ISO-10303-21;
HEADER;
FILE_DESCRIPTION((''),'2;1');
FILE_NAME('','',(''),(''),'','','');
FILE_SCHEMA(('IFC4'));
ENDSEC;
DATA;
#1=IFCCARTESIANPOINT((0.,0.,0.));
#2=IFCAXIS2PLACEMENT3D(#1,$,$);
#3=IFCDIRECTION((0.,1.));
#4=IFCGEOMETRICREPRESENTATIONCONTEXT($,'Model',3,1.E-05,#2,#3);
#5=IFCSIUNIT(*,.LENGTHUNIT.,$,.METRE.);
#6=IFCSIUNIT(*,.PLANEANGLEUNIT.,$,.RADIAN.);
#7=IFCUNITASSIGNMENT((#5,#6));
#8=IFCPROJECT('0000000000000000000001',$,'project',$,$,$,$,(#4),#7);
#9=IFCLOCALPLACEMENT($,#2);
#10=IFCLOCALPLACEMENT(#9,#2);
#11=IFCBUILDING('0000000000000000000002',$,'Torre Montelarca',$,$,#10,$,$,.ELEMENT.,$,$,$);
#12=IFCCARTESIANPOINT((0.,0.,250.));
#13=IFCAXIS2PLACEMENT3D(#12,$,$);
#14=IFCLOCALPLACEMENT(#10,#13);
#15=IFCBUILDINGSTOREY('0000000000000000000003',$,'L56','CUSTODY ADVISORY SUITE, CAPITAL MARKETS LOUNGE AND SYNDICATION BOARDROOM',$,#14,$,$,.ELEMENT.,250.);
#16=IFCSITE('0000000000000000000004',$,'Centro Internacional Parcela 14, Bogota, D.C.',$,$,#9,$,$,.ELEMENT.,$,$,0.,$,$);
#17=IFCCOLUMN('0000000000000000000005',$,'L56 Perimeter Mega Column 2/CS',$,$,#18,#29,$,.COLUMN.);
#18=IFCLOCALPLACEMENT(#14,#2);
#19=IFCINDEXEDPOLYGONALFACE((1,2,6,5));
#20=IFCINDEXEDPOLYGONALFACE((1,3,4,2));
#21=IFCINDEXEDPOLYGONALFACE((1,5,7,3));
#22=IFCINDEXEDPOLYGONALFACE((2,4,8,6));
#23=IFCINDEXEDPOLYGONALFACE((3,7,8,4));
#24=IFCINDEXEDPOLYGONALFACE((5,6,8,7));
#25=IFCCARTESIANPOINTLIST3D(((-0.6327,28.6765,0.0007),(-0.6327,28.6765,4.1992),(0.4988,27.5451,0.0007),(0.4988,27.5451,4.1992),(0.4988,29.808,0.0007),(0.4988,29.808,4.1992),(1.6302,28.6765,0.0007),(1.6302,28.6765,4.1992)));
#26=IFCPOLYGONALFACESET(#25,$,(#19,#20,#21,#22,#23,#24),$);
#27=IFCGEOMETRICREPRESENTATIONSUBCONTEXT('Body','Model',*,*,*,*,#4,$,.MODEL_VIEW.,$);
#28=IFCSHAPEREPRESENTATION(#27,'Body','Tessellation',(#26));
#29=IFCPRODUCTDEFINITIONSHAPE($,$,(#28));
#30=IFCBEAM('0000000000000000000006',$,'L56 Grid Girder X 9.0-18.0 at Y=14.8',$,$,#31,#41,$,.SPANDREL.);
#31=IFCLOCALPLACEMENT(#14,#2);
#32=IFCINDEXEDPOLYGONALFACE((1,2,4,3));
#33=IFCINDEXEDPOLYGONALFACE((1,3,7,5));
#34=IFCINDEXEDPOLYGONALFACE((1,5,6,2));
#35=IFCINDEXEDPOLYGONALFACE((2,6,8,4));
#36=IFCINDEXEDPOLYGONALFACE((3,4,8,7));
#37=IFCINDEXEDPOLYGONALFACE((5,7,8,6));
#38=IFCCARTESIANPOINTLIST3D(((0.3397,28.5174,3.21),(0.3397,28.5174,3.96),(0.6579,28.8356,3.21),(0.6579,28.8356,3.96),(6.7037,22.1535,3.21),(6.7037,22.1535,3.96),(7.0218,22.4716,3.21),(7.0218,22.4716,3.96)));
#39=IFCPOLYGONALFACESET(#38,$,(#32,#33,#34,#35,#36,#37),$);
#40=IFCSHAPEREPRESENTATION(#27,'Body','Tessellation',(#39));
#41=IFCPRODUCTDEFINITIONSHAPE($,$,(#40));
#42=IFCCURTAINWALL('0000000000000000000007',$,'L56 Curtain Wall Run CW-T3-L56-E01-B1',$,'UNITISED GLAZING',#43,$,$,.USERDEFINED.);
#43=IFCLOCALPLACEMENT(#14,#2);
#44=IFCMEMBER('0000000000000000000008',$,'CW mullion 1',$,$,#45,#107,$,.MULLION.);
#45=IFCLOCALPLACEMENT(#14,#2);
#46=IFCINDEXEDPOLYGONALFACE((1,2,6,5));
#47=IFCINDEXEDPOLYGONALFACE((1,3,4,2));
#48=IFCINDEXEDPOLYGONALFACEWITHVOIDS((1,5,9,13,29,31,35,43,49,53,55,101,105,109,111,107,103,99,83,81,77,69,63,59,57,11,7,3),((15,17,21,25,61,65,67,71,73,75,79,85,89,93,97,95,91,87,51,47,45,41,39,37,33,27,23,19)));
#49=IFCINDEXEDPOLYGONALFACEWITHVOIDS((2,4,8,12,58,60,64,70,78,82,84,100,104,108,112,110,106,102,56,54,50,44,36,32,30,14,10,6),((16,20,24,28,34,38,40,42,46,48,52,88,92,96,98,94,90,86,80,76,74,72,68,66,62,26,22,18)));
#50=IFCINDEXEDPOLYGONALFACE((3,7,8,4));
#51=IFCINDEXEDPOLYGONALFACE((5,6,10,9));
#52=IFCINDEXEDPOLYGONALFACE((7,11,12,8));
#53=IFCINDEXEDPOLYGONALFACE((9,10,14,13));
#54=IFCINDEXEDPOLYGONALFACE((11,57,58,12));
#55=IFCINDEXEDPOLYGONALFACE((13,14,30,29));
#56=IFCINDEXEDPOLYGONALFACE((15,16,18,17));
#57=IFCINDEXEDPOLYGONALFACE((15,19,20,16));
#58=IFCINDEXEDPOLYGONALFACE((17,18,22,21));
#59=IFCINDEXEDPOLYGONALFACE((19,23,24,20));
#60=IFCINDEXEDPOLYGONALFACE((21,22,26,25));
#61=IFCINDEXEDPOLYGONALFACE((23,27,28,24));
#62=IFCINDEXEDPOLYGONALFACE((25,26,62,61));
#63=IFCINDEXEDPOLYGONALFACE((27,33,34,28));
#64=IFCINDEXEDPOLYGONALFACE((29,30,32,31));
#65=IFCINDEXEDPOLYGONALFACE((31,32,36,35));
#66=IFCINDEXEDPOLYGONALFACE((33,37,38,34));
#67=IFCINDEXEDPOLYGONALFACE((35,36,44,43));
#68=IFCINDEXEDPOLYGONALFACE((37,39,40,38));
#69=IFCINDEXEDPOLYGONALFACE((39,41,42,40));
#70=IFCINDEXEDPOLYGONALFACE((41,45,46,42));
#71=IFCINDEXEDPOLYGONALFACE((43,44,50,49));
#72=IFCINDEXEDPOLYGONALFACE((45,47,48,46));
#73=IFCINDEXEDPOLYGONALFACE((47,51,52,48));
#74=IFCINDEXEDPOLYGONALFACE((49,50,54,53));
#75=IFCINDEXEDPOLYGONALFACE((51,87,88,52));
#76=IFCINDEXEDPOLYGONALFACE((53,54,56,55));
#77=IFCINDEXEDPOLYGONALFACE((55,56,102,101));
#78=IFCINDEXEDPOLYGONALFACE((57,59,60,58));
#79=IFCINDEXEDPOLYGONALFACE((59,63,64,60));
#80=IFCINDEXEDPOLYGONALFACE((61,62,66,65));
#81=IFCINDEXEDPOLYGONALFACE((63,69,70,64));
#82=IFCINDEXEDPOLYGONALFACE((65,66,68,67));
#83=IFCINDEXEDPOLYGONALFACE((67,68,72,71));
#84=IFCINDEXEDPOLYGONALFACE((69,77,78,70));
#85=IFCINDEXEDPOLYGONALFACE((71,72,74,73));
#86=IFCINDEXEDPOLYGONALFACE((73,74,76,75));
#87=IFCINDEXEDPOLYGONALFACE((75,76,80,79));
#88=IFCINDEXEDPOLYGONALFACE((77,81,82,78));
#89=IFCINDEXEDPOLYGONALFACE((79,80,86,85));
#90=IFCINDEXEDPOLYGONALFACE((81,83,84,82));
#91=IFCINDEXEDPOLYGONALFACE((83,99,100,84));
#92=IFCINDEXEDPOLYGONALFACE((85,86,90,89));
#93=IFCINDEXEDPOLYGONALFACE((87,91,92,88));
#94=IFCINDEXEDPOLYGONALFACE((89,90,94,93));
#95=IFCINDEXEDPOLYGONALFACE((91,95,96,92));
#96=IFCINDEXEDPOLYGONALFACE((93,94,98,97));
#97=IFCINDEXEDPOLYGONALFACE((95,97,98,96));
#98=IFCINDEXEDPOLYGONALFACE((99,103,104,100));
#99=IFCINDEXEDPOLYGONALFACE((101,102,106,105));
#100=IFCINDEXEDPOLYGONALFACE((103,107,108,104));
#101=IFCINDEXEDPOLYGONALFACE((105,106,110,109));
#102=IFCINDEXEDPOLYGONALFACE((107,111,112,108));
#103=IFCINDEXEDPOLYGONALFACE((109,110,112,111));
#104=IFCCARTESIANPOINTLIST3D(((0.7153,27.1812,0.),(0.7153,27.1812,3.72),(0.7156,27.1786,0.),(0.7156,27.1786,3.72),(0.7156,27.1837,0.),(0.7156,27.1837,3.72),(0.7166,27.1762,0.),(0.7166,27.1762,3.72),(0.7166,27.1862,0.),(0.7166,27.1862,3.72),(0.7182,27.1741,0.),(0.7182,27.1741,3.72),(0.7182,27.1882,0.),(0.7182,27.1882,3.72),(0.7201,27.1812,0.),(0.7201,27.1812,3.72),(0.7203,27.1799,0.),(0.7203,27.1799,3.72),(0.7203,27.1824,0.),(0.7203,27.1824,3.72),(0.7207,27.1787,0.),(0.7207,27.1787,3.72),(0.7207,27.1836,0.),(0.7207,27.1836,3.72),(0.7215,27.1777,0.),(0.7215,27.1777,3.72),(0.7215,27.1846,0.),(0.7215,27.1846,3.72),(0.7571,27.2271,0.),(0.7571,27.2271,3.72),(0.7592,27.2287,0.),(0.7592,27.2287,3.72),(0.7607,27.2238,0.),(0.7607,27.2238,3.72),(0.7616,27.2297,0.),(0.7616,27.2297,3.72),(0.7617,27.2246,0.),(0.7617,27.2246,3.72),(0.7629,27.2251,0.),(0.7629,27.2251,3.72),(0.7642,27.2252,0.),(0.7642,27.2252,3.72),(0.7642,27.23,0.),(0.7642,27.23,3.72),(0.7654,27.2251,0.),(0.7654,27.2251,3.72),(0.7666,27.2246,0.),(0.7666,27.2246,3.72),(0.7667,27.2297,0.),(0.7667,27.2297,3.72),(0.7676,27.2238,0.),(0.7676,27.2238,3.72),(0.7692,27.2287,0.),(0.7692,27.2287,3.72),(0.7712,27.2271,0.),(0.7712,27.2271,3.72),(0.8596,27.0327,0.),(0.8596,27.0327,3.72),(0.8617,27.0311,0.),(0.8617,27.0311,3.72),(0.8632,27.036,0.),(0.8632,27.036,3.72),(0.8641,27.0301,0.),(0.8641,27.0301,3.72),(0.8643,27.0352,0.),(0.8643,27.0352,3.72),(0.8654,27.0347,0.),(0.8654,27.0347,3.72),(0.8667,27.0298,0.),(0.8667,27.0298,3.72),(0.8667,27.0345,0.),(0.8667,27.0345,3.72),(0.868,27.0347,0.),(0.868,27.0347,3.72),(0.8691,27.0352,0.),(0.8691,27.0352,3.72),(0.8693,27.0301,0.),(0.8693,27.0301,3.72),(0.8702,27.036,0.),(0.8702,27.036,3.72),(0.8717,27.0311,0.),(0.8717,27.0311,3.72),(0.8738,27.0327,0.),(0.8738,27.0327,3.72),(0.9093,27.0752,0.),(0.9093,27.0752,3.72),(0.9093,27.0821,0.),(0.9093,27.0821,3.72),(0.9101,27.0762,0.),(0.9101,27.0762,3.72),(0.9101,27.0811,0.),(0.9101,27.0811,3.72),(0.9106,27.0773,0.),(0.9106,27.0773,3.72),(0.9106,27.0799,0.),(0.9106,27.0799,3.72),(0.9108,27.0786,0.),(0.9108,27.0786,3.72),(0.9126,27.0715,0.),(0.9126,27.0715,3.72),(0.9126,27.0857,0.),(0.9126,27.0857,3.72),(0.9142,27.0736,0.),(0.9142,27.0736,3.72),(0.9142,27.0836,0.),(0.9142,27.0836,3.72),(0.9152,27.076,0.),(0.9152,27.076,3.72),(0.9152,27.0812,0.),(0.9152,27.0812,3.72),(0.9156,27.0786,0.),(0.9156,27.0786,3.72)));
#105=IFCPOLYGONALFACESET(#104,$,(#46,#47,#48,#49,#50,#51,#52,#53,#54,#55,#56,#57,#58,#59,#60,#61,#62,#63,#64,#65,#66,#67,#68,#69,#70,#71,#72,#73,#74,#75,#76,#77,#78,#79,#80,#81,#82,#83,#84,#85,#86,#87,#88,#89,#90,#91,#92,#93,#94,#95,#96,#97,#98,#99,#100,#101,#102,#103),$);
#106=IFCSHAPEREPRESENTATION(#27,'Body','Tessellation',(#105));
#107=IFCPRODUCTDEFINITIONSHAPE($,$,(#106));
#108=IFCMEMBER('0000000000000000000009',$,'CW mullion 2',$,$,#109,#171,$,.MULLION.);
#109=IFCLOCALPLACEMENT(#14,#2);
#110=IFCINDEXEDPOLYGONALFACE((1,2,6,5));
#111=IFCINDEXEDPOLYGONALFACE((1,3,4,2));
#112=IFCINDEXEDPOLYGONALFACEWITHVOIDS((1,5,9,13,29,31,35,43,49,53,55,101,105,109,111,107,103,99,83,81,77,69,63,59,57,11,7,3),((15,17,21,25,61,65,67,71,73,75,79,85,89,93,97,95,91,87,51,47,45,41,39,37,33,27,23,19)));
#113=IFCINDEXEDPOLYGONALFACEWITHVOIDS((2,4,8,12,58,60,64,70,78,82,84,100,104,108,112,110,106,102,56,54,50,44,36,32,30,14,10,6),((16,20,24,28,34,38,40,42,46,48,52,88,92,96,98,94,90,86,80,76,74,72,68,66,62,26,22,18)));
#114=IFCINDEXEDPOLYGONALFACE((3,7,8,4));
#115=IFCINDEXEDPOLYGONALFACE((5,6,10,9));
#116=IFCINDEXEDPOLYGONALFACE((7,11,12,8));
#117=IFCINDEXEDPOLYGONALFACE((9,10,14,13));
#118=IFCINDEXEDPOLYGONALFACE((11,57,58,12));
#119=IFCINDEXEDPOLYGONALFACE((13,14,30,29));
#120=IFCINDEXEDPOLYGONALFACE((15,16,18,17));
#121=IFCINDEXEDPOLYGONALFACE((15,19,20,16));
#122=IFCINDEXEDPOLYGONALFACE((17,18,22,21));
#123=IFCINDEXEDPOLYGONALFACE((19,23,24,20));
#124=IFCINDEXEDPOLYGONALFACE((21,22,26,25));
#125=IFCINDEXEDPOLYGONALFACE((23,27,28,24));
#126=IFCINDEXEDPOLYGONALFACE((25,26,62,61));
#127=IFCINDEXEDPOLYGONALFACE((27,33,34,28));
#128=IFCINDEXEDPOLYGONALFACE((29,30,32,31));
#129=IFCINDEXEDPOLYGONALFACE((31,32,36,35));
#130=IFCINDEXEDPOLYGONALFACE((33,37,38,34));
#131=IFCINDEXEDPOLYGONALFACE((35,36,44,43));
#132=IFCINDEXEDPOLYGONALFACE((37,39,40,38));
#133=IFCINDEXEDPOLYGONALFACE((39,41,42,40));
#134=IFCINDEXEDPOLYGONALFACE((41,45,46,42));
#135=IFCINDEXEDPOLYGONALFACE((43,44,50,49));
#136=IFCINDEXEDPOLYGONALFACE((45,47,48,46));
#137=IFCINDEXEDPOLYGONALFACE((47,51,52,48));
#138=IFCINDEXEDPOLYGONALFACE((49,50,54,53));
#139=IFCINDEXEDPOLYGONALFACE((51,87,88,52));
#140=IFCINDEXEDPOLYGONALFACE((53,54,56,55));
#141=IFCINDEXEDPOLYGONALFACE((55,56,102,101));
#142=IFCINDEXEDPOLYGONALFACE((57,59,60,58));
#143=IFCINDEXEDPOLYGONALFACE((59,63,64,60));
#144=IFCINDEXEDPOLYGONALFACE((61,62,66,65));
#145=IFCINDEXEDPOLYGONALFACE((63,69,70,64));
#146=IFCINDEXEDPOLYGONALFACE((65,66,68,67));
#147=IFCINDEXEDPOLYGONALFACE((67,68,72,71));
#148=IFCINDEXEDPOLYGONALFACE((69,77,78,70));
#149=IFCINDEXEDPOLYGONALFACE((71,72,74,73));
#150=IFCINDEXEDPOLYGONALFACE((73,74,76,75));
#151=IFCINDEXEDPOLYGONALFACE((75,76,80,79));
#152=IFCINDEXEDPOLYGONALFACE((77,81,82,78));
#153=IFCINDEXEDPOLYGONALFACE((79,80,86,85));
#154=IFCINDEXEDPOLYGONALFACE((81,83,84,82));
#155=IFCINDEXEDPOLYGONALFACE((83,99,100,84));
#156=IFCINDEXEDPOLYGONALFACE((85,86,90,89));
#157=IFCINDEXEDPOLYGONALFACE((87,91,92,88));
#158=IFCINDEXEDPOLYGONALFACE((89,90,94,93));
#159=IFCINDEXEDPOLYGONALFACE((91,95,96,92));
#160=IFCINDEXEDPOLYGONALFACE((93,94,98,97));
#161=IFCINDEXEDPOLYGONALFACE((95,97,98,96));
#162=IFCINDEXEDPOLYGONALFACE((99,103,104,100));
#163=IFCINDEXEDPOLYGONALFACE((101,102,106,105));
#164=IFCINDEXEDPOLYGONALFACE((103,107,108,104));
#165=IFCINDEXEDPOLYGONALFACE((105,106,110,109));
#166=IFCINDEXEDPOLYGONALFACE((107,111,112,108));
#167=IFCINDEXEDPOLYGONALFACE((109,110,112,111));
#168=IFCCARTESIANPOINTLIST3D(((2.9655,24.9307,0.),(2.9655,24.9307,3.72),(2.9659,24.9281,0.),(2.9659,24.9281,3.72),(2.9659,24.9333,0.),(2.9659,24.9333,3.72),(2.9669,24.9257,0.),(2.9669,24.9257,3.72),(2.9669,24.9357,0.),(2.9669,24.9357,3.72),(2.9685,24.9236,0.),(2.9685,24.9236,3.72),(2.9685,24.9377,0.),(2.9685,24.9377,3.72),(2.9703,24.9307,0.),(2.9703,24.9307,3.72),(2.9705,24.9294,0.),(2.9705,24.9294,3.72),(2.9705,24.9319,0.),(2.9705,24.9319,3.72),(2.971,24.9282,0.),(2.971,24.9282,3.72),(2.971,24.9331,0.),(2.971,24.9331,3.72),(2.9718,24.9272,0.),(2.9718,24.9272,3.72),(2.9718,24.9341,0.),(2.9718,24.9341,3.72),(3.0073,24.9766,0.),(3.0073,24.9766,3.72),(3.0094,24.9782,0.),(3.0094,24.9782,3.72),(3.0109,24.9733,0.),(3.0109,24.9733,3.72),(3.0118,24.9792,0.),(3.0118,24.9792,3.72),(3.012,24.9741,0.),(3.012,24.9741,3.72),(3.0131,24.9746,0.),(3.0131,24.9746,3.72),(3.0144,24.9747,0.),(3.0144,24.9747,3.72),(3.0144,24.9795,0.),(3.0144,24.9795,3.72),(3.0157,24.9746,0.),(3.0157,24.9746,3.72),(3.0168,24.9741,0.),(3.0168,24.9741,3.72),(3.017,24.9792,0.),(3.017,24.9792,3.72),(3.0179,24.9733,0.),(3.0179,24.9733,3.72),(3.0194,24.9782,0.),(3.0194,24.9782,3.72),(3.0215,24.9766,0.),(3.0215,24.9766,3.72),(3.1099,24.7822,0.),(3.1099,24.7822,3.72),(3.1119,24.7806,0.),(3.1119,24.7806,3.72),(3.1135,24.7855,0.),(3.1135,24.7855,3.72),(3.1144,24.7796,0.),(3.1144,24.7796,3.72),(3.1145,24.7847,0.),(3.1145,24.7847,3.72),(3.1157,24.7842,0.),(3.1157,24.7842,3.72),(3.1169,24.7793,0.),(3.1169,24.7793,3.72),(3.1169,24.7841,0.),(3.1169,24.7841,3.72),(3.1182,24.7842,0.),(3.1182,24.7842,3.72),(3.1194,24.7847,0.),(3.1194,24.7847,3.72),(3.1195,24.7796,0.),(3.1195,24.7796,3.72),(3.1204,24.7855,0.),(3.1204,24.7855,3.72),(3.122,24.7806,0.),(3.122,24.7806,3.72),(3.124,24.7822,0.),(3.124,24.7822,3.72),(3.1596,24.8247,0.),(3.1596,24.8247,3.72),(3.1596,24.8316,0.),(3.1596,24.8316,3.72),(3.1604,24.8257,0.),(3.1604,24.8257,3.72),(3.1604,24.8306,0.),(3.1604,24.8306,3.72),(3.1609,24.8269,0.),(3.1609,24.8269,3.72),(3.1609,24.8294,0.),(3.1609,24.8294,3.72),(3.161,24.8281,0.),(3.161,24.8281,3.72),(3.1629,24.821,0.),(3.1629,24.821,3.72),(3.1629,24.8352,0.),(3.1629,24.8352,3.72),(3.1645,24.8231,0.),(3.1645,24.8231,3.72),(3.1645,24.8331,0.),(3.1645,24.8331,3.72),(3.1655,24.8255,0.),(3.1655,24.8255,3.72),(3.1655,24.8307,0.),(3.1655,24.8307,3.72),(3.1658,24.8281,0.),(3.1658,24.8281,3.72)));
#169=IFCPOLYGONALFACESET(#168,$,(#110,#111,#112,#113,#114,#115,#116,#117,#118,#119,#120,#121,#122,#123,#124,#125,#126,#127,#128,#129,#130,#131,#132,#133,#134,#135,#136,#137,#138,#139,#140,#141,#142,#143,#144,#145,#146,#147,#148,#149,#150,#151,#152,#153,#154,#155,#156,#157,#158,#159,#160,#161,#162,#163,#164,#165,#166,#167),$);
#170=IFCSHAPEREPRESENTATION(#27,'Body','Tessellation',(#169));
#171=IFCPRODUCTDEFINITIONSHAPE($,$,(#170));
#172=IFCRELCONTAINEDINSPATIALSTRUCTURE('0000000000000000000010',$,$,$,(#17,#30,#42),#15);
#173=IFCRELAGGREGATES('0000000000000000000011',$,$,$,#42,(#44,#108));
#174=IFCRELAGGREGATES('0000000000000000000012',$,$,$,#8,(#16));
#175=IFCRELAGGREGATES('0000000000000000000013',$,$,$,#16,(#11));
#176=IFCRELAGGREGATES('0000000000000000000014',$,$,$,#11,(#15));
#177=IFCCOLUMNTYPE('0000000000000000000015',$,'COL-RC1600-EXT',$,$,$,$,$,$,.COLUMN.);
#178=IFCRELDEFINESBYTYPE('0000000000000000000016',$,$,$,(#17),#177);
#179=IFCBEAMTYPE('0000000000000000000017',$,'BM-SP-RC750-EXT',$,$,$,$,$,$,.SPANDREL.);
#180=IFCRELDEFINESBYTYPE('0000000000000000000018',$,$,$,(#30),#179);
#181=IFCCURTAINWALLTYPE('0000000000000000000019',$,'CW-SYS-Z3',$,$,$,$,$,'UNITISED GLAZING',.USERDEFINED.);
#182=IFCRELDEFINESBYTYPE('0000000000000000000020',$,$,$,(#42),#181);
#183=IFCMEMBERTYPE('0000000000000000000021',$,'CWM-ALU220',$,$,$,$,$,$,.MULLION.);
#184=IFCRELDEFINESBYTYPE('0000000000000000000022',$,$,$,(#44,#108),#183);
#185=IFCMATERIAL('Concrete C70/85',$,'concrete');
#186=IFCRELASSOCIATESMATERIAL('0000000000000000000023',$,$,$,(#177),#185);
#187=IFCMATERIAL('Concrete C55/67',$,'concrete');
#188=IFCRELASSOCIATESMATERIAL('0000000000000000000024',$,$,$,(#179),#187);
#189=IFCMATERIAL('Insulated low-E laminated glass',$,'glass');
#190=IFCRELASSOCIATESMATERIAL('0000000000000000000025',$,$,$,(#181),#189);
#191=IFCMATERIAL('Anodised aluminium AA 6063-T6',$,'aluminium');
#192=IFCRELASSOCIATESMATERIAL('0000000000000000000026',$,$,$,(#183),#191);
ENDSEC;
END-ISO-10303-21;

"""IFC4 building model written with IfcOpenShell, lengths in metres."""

from ifc_helpers import new_model, si_unit, direction, frame, origin, origin_2d, place, context, subcontext, project, spatial, rectangle, hollow_rectangle, extrude, source, transform, mapped, material, material_profile, profile_set, type_object, element, aggregate, save


model = new_model("IFC4")

# Units and contexts
model_context = context("Model", 3, precision=1e-05, world=origin(), true_north=direction((0.0, 1.0)))
body_context = subcontext(model_context, "Body", "Model", "MODEL_VIEW")
ifc_project = project(units=[si_unit("LENGTHUNIT", "METRE"), si_unit("PLANEANGLEUNIT", "RADIAN")], contexts=[model_context])

# Site, building, storey
site_placement = place(None, origin())
site = spatial("IfcSite", under=ifc_project, at=site_placement, Name="Centro Internacional Parcela 14, Bogota, D.C.", CompositionType="ELEMENT", RefElevation=0.0)
building_placement = place(site_placement, origin())
building = spatial("IfcBuilding", under=site, at=building_placement, Name="Torre Montelarca", CompositionType="ELEMENT")
storey_placement = place(building_placement, frame((0.0, 0.0, 250.0)))
storey = spatial("IfcBuildingStorey", under=building, at=storey_placement, Name="L56", Description="CUSTODY ADVISORY SUITE, CAPITAL MARKETS LOUNGE AND SYNDICATION BOARDROOM", CompositionType="ELEMENT", Elevation=250.0)

# Column
ifc_material_1 = material(Name="Concrete C70/85", Category="concrete")
ifc_material_profile_1 = material_profile(ifc_material_1, rectangle(XDim=1.6001, YDim=1.6001, at=origin_2d()), Name="RC1600X1600", Category="concrete")
ifc_profile_set_1 = profile_set([ifc_material_profile_1], Name="Concrete C70/85")
column_type = type_object("IfcColumnType", Name="COL-RC1600-EXT", PredefinedType="COLUMN", material=ifc_profile_set_1)
shared_shape_1 = source(origin(), body_context, "Body", "SweptSolid", [
    extrude(rectangle(XDim=1.6001, YDim=1.6001, at=origin_2d()), origin(), (0.0, 0.0, 1.0), 4.1985),
])
column_placement = place(storey_placement, frame((0.4988, 28.6765, 0.0007), z_axis=(0.0, 0.0, 1.0), x_axis=(-0.707107, 0.707107, 0.0)))
element("IfcColumn", 1, at=column_placement, inside=storey, type_object=column_type, Name="L56 Perimeter Mega Column 2/CS", PredefinedType="COLUMN", context=body_context, shape_type="MappedRepresentation", body=[
    mapped(shared_shape_1, transform((0.0, 0.0, 0.0), scale=1.0)),
])

# Beam
ifc_material_2 = material(Name="Concrete C55/67", Category="concrete")
ifc_material_profile_2 = material_profile(ifc_material_2, rectangle(XDim=0.45, YDim=0.75, at=origin_2d()), Name="RCB450X750", Category="concrete")
ifc_profile_set_2 = profile_set([ifc_material_profile_2], Name="Concrete C55/67")
beam_type = type_object("IfcBeamType", Name="BM-SP-RC750-EXT", PredefinedType="SPANDREL", material=ifc_profile_set_2)
shared_shape_2 = source(origin(), body_context, "Body", "SweptSolid", [
    extrude(rectangle(XDim=0.45, YDim=0.75, at=origin_2d()), origin(), (0.0, 0.0, 1.0), 9.0),
])
beam_placement = place(storey_placement, frame((0.4988, 28.6765, 3.585), z_axis=(0.707107, -0.707107, 0.0), x_axis=(0.707107, 0.707107, 0.0)))
element("IfcBeam", 2, at=beam_placement, inside=storey, type_object=beam_type, Name="L56 Grid Girder X 9.0-18.0 at Y=14.8", PredefinedType="SPANDREL", context=body_context, shape_type="MappedRepresentation", body=[
    mapped(shared_shape_2, transform((0.0, 0.0, 0.0), scale=1.0)),
])

# Curtain wall, members
ifc_material_3 = material(Name="Insulated low-E laminated glass", Category="glass")
curtain_wall_type = type_object("IfcCurtainWallType", Name="CW-SYS-Z3", ElementType="UNITISED GLAZING", PredefinedType="USERDEFINED", material=ifc_material_3)
curtain_wall_placement = place(storey_placement, origin())
curtain_wall = element("IfcCurtainWall", 3, at=curtain_wall_placement, inside=storey, type_object=curtain_wall_type, Name="L56 Curtain Wall Run CW-T3-L56-E01-B1", ObjectType="UNITISED GLAZING", PredefinedType="USERDEFINED")
ifc_material_4 = material(Name="Anodised aluminium AA 6063-T6", Category="aluminium")
ifc_material_profile_3 = material_profile(ifc_material_4, hollow_rectangle(XDim=0.075, YDim=0.22, WallThickness=0.0049, InnerFilletRadius=0.0049, OuterFilletRadius=0.01, at=origin_2d()), Name="ALU75X220X5", Category="aluminium")
ifc_profile_set_3 = profile_set([ifc_material_profile_3], Name="Anodised aluminium AA 6063-T6")
member_type_1 = type_object("IfcMemberType", Name="CWM-ALU220", PredefinedType="MULLION", material=ifc_profile_set_3)
shared_shape_3 = source(origin(), body_context, "Body", "SweptSolid", [
    extrude(hollow_rectangle(XDim=0.075, YDim=0.22, WallThickness=0.0049, InnerFilletRadius=0.0049, OuterFilletRadius=0.01, at=origin_2d()), origin(), (0.0, 0.0, 1.0), 3.72),
])
member_1_placement = place(storey_placement, frame((0.8154, 27.1299, 0.0), z_axis=(0.0, 0.0, 1.0), x_axis=(0.707107, 0.707107, 0.0)))
member_1 = element("IfcMember", 4, at=member_1_placement, type_object=member_type_1, Name="CW mullion 1", PredefinedType="MULLION", context=body_context, shape_type="MappedRepresentation", body=[
    mapped(shared_shape_3, transform((0.0, 0.0, 0.0), scale=1.0)),
])
member_2_placement = place(storey_placement, frame((3.0657, 24.8794, 0.0), z_axis=(0.0, 0.0, 1.0), x_axis=(0.707107, 0.707107, 0.0)))
member_2 = element("IfcMember", 5, at=member_2_placement, type_object=member_type_1, Name="CW mullion 2", PredefinedType="MULLION", context=body_context, shape_type="MappedRepresentation", body=[
    mapped(shared_shape_3, transform((0.0, 0.0, 0.0), scale=1.0)),
])
aggregate(curtain_wall, [member_1, member_2])

save(model, "model.ifc")
